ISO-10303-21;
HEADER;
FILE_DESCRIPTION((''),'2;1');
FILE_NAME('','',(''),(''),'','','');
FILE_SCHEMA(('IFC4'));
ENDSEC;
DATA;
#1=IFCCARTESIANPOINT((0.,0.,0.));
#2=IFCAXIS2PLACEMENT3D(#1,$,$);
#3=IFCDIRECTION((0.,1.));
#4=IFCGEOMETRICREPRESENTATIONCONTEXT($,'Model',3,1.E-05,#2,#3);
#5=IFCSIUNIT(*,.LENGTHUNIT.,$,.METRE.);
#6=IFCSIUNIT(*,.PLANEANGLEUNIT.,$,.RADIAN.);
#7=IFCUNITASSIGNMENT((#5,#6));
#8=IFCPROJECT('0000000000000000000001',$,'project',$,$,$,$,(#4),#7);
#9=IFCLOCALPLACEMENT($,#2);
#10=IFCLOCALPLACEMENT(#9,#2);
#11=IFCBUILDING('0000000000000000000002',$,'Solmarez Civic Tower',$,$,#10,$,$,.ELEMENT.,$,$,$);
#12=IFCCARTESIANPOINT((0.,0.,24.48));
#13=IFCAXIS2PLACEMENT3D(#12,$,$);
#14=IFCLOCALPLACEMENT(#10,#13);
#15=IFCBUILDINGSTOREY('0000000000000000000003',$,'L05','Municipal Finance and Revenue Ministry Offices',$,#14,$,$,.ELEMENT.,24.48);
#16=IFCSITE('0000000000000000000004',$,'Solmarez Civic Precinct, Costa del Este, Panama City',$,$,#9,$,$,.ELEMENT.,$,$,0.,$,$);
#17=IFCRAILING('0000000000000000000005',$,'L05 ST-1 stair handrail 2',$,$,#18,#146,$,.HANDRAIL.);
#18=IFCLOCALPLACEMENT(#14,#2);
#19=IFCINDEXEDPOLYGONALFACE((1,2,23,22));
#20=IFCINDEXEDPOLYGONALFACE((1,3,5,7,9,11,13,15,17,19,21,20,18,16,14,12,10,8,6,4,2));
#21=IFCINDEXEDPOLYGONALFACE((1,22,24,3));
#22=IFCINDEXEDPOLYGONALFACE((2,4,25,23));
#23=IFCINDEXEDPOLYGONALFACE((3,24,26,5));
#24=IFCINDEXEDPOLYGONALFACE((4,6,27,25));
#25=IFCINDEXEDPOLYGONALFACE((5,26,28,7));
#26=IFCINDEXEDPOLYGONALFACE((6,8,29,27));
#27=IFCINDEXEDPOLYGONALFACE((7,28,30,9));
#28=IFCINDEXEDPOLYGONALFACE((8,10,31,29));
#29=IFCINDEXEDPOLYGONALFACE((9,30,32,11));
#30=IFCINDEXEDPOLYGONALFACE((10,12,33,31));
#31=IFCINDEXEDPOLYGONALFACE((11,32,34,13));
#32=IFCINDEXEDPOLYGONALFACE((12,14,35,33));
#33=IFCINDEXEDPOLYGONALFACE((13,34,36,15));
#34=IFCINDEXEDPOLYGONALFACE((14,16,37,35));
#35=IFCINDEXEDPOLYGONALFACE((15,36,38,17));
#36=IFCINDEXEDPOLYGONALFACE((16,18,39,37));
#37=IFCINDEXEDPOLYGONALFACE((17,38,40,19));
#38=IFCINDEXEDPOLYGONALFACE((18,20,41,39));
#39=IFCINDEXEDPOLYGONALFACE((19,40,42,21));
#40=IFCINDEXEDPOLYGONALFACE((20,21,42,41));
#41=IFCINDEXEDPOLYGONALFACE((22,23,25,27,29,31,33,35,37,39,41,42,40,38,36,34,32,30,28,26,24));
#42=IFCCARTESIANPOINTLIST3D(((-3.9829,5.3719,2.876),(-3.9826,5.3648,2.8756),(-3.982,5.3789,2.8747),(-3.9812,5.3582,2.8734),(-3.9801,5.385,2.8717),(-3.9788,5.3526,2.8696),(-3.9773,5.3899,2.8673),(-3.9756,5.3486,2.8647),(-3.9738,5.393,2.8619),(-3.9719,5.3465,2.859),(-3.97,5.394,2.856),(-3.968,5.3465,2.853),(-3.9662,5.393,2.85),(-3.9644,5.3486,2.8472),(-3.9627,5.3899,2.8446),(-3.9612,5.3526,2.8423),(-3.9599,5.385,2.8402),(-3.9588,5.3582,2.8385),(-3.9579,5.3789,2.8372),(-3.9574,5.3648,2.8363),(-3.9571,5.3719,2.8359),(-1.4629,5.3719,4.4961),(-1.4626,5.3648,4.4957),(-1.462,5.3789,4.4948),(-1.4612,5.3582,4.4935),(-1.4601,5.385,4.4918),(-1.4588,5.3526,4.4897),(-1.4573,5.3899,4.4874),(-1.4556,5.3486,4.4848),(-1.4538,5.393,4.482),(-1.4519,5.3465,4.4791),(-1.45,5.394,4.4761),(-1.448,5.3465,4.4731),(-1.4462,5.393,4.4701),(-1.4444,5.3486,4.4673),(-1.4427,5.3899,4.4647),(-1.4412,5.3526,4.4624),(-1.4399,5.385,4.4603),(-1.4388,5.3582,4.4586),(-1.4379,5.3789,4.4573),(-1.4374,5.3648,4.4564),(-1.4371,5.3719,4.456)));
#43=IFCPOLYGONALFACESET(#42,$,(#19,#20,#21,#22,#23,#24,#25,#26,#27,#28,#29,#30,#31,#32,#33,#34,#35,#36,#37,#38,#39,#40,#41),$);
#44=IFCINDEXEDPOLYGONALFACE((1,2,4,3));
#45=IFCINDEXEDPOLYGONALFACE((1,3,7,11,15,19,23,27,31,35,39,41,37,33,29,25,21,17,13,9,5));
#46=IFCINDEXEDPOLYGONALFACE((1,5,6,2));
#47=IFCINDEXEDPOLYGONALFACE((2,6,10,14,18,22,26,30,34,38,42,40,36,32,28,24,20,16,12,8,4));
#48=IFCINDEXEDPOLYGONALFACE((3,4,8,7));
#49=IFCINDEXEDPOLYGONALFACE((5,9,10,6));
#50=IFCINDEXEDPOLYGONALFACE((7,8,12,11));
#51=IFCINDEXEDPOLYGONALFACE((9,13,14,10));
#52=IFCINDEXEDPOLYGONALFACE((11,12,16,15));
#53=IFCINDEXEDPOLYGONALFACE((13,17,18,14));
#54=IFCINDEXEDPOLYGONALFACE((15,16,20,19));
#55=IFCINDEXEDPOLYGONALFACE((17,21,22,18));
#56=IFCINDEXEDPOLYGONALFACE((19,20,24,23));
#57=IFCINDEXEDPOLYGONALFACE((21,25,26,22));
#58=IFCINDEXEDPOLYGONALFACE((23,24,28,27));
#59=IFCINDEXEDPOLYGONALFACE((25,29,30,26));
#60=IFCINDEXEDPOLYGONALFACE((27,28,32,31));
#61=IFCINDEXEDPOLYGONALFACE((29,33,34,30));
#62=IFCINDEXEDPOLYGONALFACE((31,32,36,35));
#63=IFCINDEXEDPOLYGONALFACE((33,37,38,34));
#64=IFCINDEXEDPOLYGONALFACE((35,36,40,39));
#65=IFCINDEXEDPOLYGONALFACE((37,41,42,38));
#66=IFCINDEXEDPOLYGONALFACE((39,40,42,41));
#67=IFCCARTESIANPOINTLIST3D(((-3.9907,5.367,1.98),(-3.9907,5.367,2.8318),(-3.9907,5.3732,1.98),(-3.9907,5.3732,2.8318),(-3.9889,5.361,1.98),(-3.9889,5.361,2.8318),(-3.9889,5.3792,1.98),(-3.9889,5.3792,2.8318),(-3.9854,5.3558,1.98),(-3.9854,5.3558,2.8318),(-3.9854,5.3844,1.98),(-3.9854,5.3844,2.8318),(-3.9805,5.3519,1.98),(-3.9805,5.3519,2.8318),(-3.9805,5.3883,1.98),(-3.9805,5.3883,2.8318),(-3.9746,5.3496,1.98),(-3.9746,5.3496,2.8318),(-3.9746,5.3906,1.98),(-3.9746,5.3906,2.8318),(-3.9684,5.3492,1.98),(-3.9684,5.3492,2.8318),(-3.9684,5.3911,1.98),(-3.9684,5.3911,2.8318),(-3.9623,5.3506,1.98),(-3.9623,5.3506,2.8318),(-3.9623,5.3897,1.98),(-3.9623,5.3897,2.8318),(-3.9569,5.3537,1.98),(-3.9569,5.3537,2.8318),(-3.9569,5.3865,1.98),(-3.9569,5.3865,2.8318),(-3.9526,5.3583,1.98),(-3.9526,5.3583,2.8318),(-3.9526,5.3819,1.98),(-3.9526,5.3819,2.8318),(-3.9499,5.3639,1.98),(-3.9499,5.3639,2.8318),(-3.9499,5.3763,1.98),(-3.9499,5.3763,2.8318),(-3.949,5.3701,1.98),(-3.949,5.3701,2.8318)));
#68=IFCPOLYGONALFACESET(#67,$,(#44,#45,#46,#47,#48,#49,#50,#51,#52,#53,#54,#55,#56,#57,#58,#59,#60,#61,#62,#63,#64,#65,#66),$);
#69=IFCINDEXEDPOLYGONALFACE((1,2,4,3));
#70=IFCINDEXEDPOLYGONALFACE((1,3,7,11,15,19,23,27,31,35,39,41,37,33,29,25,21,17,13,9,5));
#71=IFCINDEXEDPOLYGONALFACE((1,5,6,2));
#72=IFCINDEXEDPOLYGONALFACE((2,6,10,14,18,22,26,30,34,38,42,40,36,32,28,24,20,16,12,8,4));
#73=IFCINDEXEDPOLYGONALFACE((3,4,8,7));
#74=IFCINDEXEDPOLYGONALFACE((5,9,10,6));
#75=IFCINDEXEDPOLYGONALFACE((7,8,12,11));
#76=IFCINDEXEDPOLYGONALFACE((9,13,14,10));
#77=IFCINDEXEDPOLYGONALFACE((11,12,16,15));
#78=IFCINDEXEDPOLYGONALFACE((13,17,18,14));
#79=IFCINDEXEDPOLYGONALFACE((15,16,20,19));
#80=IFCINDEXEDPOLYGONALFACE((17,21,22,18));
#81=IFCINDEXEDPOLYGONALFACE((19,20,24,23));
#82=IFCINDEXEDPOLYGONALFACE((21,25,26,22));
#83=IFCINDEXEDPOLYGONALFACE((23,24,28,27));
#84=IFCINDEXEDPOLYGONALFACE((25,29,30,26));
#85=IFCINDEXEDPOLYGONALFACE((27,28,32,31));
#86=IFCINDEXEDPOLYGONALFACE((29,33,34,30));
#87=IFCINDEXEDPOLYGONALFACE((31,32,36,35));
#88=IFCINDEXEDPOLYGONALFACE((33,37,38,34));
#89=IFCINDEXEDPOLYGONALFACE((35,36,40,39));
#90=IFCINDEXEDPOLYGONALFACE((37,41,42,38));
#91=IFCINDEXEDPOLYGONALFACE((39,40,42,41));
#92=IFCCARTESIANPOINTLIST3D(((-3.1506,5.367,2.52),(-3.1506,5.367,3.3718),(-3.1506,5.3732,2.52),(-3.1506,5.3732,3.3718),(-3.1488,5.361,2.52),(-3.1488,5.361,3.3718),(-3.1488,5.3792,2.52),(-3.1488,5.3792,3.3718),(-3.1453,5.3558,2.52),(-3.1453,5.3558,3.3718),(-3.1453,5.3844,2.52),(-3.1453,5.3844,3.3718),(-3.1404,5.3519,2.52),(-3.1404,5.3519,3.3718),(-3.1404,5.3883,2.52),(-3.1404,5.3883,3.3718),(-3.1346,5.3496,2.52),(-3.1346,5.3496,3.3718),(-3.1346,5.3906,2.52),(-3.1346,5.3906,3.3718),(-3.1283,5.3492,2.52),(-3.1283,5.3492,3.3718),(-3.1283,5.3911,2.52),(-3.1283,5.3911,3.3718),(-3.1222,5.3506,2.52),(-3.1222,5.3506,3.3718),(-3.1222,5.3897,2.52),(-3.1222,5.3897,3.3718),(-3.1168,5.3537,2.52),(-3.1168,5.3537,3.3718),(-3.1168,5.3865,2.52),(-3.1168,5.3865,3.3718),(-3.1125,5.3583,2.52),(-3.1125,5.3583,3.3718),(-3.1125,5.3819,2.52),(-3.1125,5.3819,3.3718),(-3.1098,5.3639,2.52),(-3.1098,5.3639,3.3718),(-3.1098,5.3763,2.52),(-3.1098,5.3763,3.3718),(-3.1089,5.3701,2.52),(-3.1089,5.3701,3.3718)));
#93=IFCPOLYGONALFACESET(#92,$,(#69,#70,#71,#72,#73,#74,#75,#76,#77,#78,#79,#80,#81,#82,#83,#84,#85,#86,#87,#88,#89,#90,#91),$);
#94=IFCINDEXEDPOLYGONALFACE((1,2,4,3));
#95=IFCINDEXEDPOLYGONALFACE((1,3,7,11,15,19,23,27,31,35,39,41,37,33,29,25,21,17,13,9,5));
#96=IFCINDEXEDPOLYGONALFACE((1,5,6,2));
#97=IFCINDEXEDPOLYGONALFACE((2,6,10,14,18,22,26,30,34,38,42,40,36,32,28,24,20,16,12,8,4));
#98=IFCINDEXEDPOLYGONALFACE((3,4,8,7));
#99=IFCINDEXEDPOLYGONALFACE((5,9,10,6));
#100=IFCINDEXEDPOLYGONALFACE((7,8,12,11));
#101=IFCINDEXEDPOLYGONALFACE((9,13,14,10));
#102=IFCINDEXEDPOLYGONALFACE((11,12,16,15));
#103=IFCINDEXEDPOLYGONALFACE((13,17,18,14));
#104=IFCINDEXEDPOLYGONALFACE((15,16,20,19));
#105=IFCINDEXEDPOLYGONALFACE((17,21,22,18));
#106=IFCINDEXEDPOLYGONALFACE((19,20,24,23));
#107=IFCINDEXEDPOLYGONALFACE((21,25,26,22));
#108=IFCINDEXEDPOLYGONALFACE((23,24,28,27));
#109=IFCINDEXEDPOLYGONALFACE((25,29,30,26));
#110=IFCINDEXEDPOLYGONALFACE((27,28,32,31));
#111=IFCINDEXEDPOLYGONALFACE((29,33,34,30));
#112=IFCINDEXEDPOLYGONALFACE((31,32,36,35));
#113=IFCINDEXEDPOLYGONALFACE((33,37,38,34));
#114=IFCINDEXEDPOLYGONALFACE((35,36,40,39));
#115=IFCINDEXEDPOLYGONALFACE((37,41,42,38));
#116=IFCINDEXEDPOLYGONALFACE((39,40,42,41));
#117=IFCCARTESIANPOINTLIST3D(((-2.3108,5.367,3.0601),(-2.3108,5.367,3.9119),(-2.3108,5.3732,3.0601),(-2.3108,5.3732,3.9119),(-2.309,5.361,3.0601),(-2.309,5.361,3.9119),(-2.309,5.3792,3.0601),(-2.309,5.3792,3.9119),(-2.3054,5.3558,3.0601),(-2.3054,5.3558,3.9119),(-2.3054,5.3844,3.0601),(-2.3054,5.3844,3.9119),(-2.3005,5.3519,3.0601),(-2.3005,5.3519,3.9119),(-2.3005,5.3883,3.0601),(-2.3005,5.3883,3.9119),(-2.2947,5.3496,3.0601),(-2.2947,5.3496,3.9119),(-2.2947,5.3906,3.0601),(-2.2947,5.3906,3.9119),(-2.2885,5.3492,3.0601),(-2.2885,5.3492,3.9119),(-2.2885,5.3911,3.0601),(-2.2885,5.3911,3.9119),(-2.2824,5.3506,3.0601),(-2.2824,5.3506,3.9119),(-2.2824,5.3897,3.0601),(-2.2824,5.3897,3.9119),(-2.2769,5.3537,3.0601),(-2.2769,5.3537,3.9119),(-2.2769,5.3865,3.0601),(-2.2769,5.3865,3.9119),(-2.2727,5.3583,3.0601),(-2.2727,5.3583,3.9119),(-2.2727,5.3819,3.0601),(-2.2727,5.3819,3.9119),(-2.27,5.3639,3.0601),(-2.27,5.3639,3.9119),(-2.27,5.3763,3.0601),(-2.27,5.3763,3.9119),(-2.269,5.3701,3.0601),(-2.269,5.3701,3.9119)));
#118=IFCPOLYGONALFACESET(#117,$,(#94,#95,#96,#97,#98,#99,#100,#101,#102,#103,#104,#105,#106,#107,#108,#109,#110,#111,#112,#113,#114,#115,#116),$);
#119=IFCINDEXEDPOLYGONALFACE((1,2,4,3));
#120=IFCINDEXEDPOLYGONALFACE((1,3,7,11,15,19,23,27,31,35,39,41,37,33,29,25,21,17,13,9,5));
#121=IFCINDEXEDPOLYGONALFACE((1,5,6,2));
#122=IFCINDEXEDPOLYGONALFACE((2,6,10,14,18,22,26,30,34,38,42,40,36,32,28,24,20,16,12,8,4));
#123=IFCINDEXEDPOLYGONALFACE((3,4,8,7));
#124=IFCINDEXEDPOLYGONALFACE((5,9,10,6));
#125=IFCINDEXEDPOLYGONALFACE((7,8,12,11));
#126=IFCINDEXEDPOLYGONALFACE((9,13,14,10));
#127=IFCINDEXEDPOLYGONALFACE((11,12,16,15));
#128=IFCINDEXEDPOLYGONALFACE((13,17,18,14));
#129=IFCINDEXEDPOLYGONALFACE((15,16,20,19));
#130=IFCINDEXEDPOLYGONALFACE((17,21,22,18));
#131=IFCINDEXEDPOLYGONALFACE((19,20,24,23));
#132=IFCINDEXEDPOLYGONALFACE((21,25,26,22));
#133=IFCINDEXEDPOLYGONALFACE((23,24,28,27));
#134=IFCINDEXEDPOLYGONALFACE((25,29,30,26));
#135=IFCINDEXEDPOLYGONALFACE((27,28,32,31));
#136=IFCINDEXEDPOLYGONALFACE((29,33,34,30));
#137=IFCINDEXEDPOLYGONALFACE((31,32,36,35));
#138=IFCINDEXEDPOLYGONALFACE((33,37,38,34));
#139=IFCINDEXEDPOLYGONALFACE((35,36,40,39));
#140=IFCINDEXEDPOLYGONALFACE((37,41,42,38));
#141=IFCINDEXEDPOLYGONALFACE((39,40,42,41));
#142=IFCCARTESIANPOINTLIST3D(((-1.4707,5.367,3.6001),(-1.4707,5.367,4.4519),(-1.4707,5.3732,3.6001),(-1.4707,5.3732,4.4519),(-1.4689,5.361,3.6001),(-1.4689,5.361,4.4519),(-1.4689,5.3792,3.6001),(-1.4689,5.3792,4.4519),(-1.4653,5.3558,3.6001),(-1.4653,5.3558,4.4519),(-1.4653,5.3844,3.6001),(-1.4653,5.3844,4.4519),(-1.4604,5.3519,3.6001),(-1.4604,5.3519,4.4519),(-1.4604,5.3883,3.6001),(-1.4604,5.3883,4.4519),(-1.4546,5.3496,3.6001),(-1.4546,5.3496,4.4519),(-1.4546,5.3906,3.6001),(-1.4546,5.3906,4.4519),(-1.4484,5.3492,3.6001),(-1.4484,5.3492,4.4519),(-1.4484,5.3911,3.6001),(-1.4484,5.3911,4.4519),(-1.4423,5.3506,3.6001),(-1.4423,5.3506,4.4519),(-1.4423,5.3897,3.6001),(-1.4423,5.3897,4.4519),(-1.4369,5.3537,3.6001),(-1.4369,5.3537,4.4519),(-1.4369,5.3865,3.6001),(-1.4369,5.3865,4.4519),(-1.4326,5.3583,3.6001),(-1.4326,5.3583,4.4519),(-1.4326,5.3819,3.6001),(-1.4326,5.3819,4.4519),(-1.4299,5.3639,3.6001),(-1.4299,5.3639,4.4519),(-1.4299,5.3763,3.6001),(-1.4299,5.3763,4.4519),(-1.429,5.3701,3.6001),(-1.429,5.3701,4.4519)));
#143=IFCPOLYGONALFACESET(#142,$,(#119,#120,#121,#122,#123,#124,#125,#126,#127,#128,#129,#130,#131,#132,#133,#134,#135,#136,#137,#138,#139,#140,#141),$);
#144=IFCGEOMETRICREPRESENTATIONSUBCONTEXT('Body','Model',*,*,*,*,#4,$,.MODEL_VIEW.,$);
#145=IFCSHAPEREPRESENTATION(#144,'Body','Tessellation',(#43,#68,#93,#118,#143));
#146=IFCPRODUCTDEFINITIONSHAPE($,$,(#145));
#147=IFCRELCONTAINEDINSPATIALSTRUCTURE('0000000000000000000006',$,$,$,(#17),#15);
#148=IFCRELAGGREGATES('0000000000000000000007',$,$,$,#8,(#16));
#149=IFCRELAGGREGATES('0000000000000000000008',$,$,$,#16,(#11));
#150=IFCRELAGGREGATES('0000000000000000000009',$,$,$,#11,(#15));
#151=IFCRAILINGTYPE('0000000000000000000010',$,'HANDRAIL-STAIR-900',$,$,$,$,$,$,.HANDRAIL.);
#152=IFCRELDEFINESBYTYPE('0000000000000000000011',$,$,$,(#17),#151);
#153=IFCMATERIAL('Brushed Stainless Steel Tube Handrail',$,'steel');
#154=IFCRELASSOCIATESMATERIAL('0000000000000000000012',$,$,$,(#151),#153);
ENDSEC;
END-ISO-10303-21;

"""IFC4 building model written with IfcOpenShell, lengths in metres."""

from ifc_helpers import new_model, si_unit, direction, frame, origin, origin_2d, place, context, subcontext, project, spatial, circle, extrude, material, type_object, element, save


model = new_model("IFC4")

# Units and contexts
model_context = context("Model", 3, precision=1e-05, world=origin(), true_north=direction((0.0, 1.0)))
body_context = subcontext(model_context, "Body", "Model", "MODEL_VIEW")
ifc_project = project(units=[si_unit("LENGTHUNIT", "METRE"), si_unit("PLANEANGLEUNIT", "RADIAN")], contexts=[model_context])

# Site, building, storey
site_placement = place(None, origin())
site = spatial("IfcSite", under=ifc_project, at=site_placement, Name="Solmarez Civic Precinct, Costa del Este, Panama City", CompositionType="ELEMENT", RefElevation=0.0)
building_placement = place(site_placement, origin())
building = spatial("IfcBuilding", under=site, at=building_placement, Name="Solmarez Civic Tower", CompositionType="ELEMENT")
storey_placement = place(building_placement, frame((0.0, 0.0, 24.48)))
storey = spatial("IfcBuildingStorey", under=building, at=storey_placement, Name="L05", Description="Municipal Finance and Revenue Ministry Offices", CompositionType="ELEMENT", Elevation=24.48)

# Railing
ifc_material_1 = material(Name="Brushed Stainless Steel Tube Handrail", Category="steel")
railing_type_1 = type_object("IfcRailingType", Name="HANDRAIL-STAIR-900", PredefinedType="HANDRAIL", material=ifc_material_1)
railing_1_placement = place(storey_placement, frame((-3.97, 5.3701, 1.98)))
element("IfcRailing", 1, at=railing_1_placement, inside=storey, type_object=railing_type_1, Name="L05 ST-1 stair handrail 2", PredefinedType="HANDRAIL", context=body_context, shape_type="SweptSolid", body=[
    extrude(circle(Radius=0.0239, at=origin_2d()), frame((0.0, 0.0, 0.876), z_axis=(0.841163, 0.0, 0.540782), x_axis=(0.0, 1.0, 0.0)), (0.0, 0.0, 1.0), 2.9958),
    extrude(circle(Radius=0.021, at=origin_2d()), origin(), (0.0, 0.0, 1.0), 0.8518),
    extrude(circle(Radius=0.021, at=origin_2d()), frame((0.8401, 0.0, 0.54)), (0.0, 0.0, 1.0), 0.8518),
    extrude(circle(Radius=0.021, at=origin_2d()), frame((1.6799, 0.0, 1.0801)), (0.0, 0.0, 1.0), 0.8518),
    extrude(circle(Radius=0.021, at=origin_2d()), frame((2.52, 0.0, 1.6201)), (0.0, 0.0, 1.0), 0.8518),
])

save(model, "model.ifc")
